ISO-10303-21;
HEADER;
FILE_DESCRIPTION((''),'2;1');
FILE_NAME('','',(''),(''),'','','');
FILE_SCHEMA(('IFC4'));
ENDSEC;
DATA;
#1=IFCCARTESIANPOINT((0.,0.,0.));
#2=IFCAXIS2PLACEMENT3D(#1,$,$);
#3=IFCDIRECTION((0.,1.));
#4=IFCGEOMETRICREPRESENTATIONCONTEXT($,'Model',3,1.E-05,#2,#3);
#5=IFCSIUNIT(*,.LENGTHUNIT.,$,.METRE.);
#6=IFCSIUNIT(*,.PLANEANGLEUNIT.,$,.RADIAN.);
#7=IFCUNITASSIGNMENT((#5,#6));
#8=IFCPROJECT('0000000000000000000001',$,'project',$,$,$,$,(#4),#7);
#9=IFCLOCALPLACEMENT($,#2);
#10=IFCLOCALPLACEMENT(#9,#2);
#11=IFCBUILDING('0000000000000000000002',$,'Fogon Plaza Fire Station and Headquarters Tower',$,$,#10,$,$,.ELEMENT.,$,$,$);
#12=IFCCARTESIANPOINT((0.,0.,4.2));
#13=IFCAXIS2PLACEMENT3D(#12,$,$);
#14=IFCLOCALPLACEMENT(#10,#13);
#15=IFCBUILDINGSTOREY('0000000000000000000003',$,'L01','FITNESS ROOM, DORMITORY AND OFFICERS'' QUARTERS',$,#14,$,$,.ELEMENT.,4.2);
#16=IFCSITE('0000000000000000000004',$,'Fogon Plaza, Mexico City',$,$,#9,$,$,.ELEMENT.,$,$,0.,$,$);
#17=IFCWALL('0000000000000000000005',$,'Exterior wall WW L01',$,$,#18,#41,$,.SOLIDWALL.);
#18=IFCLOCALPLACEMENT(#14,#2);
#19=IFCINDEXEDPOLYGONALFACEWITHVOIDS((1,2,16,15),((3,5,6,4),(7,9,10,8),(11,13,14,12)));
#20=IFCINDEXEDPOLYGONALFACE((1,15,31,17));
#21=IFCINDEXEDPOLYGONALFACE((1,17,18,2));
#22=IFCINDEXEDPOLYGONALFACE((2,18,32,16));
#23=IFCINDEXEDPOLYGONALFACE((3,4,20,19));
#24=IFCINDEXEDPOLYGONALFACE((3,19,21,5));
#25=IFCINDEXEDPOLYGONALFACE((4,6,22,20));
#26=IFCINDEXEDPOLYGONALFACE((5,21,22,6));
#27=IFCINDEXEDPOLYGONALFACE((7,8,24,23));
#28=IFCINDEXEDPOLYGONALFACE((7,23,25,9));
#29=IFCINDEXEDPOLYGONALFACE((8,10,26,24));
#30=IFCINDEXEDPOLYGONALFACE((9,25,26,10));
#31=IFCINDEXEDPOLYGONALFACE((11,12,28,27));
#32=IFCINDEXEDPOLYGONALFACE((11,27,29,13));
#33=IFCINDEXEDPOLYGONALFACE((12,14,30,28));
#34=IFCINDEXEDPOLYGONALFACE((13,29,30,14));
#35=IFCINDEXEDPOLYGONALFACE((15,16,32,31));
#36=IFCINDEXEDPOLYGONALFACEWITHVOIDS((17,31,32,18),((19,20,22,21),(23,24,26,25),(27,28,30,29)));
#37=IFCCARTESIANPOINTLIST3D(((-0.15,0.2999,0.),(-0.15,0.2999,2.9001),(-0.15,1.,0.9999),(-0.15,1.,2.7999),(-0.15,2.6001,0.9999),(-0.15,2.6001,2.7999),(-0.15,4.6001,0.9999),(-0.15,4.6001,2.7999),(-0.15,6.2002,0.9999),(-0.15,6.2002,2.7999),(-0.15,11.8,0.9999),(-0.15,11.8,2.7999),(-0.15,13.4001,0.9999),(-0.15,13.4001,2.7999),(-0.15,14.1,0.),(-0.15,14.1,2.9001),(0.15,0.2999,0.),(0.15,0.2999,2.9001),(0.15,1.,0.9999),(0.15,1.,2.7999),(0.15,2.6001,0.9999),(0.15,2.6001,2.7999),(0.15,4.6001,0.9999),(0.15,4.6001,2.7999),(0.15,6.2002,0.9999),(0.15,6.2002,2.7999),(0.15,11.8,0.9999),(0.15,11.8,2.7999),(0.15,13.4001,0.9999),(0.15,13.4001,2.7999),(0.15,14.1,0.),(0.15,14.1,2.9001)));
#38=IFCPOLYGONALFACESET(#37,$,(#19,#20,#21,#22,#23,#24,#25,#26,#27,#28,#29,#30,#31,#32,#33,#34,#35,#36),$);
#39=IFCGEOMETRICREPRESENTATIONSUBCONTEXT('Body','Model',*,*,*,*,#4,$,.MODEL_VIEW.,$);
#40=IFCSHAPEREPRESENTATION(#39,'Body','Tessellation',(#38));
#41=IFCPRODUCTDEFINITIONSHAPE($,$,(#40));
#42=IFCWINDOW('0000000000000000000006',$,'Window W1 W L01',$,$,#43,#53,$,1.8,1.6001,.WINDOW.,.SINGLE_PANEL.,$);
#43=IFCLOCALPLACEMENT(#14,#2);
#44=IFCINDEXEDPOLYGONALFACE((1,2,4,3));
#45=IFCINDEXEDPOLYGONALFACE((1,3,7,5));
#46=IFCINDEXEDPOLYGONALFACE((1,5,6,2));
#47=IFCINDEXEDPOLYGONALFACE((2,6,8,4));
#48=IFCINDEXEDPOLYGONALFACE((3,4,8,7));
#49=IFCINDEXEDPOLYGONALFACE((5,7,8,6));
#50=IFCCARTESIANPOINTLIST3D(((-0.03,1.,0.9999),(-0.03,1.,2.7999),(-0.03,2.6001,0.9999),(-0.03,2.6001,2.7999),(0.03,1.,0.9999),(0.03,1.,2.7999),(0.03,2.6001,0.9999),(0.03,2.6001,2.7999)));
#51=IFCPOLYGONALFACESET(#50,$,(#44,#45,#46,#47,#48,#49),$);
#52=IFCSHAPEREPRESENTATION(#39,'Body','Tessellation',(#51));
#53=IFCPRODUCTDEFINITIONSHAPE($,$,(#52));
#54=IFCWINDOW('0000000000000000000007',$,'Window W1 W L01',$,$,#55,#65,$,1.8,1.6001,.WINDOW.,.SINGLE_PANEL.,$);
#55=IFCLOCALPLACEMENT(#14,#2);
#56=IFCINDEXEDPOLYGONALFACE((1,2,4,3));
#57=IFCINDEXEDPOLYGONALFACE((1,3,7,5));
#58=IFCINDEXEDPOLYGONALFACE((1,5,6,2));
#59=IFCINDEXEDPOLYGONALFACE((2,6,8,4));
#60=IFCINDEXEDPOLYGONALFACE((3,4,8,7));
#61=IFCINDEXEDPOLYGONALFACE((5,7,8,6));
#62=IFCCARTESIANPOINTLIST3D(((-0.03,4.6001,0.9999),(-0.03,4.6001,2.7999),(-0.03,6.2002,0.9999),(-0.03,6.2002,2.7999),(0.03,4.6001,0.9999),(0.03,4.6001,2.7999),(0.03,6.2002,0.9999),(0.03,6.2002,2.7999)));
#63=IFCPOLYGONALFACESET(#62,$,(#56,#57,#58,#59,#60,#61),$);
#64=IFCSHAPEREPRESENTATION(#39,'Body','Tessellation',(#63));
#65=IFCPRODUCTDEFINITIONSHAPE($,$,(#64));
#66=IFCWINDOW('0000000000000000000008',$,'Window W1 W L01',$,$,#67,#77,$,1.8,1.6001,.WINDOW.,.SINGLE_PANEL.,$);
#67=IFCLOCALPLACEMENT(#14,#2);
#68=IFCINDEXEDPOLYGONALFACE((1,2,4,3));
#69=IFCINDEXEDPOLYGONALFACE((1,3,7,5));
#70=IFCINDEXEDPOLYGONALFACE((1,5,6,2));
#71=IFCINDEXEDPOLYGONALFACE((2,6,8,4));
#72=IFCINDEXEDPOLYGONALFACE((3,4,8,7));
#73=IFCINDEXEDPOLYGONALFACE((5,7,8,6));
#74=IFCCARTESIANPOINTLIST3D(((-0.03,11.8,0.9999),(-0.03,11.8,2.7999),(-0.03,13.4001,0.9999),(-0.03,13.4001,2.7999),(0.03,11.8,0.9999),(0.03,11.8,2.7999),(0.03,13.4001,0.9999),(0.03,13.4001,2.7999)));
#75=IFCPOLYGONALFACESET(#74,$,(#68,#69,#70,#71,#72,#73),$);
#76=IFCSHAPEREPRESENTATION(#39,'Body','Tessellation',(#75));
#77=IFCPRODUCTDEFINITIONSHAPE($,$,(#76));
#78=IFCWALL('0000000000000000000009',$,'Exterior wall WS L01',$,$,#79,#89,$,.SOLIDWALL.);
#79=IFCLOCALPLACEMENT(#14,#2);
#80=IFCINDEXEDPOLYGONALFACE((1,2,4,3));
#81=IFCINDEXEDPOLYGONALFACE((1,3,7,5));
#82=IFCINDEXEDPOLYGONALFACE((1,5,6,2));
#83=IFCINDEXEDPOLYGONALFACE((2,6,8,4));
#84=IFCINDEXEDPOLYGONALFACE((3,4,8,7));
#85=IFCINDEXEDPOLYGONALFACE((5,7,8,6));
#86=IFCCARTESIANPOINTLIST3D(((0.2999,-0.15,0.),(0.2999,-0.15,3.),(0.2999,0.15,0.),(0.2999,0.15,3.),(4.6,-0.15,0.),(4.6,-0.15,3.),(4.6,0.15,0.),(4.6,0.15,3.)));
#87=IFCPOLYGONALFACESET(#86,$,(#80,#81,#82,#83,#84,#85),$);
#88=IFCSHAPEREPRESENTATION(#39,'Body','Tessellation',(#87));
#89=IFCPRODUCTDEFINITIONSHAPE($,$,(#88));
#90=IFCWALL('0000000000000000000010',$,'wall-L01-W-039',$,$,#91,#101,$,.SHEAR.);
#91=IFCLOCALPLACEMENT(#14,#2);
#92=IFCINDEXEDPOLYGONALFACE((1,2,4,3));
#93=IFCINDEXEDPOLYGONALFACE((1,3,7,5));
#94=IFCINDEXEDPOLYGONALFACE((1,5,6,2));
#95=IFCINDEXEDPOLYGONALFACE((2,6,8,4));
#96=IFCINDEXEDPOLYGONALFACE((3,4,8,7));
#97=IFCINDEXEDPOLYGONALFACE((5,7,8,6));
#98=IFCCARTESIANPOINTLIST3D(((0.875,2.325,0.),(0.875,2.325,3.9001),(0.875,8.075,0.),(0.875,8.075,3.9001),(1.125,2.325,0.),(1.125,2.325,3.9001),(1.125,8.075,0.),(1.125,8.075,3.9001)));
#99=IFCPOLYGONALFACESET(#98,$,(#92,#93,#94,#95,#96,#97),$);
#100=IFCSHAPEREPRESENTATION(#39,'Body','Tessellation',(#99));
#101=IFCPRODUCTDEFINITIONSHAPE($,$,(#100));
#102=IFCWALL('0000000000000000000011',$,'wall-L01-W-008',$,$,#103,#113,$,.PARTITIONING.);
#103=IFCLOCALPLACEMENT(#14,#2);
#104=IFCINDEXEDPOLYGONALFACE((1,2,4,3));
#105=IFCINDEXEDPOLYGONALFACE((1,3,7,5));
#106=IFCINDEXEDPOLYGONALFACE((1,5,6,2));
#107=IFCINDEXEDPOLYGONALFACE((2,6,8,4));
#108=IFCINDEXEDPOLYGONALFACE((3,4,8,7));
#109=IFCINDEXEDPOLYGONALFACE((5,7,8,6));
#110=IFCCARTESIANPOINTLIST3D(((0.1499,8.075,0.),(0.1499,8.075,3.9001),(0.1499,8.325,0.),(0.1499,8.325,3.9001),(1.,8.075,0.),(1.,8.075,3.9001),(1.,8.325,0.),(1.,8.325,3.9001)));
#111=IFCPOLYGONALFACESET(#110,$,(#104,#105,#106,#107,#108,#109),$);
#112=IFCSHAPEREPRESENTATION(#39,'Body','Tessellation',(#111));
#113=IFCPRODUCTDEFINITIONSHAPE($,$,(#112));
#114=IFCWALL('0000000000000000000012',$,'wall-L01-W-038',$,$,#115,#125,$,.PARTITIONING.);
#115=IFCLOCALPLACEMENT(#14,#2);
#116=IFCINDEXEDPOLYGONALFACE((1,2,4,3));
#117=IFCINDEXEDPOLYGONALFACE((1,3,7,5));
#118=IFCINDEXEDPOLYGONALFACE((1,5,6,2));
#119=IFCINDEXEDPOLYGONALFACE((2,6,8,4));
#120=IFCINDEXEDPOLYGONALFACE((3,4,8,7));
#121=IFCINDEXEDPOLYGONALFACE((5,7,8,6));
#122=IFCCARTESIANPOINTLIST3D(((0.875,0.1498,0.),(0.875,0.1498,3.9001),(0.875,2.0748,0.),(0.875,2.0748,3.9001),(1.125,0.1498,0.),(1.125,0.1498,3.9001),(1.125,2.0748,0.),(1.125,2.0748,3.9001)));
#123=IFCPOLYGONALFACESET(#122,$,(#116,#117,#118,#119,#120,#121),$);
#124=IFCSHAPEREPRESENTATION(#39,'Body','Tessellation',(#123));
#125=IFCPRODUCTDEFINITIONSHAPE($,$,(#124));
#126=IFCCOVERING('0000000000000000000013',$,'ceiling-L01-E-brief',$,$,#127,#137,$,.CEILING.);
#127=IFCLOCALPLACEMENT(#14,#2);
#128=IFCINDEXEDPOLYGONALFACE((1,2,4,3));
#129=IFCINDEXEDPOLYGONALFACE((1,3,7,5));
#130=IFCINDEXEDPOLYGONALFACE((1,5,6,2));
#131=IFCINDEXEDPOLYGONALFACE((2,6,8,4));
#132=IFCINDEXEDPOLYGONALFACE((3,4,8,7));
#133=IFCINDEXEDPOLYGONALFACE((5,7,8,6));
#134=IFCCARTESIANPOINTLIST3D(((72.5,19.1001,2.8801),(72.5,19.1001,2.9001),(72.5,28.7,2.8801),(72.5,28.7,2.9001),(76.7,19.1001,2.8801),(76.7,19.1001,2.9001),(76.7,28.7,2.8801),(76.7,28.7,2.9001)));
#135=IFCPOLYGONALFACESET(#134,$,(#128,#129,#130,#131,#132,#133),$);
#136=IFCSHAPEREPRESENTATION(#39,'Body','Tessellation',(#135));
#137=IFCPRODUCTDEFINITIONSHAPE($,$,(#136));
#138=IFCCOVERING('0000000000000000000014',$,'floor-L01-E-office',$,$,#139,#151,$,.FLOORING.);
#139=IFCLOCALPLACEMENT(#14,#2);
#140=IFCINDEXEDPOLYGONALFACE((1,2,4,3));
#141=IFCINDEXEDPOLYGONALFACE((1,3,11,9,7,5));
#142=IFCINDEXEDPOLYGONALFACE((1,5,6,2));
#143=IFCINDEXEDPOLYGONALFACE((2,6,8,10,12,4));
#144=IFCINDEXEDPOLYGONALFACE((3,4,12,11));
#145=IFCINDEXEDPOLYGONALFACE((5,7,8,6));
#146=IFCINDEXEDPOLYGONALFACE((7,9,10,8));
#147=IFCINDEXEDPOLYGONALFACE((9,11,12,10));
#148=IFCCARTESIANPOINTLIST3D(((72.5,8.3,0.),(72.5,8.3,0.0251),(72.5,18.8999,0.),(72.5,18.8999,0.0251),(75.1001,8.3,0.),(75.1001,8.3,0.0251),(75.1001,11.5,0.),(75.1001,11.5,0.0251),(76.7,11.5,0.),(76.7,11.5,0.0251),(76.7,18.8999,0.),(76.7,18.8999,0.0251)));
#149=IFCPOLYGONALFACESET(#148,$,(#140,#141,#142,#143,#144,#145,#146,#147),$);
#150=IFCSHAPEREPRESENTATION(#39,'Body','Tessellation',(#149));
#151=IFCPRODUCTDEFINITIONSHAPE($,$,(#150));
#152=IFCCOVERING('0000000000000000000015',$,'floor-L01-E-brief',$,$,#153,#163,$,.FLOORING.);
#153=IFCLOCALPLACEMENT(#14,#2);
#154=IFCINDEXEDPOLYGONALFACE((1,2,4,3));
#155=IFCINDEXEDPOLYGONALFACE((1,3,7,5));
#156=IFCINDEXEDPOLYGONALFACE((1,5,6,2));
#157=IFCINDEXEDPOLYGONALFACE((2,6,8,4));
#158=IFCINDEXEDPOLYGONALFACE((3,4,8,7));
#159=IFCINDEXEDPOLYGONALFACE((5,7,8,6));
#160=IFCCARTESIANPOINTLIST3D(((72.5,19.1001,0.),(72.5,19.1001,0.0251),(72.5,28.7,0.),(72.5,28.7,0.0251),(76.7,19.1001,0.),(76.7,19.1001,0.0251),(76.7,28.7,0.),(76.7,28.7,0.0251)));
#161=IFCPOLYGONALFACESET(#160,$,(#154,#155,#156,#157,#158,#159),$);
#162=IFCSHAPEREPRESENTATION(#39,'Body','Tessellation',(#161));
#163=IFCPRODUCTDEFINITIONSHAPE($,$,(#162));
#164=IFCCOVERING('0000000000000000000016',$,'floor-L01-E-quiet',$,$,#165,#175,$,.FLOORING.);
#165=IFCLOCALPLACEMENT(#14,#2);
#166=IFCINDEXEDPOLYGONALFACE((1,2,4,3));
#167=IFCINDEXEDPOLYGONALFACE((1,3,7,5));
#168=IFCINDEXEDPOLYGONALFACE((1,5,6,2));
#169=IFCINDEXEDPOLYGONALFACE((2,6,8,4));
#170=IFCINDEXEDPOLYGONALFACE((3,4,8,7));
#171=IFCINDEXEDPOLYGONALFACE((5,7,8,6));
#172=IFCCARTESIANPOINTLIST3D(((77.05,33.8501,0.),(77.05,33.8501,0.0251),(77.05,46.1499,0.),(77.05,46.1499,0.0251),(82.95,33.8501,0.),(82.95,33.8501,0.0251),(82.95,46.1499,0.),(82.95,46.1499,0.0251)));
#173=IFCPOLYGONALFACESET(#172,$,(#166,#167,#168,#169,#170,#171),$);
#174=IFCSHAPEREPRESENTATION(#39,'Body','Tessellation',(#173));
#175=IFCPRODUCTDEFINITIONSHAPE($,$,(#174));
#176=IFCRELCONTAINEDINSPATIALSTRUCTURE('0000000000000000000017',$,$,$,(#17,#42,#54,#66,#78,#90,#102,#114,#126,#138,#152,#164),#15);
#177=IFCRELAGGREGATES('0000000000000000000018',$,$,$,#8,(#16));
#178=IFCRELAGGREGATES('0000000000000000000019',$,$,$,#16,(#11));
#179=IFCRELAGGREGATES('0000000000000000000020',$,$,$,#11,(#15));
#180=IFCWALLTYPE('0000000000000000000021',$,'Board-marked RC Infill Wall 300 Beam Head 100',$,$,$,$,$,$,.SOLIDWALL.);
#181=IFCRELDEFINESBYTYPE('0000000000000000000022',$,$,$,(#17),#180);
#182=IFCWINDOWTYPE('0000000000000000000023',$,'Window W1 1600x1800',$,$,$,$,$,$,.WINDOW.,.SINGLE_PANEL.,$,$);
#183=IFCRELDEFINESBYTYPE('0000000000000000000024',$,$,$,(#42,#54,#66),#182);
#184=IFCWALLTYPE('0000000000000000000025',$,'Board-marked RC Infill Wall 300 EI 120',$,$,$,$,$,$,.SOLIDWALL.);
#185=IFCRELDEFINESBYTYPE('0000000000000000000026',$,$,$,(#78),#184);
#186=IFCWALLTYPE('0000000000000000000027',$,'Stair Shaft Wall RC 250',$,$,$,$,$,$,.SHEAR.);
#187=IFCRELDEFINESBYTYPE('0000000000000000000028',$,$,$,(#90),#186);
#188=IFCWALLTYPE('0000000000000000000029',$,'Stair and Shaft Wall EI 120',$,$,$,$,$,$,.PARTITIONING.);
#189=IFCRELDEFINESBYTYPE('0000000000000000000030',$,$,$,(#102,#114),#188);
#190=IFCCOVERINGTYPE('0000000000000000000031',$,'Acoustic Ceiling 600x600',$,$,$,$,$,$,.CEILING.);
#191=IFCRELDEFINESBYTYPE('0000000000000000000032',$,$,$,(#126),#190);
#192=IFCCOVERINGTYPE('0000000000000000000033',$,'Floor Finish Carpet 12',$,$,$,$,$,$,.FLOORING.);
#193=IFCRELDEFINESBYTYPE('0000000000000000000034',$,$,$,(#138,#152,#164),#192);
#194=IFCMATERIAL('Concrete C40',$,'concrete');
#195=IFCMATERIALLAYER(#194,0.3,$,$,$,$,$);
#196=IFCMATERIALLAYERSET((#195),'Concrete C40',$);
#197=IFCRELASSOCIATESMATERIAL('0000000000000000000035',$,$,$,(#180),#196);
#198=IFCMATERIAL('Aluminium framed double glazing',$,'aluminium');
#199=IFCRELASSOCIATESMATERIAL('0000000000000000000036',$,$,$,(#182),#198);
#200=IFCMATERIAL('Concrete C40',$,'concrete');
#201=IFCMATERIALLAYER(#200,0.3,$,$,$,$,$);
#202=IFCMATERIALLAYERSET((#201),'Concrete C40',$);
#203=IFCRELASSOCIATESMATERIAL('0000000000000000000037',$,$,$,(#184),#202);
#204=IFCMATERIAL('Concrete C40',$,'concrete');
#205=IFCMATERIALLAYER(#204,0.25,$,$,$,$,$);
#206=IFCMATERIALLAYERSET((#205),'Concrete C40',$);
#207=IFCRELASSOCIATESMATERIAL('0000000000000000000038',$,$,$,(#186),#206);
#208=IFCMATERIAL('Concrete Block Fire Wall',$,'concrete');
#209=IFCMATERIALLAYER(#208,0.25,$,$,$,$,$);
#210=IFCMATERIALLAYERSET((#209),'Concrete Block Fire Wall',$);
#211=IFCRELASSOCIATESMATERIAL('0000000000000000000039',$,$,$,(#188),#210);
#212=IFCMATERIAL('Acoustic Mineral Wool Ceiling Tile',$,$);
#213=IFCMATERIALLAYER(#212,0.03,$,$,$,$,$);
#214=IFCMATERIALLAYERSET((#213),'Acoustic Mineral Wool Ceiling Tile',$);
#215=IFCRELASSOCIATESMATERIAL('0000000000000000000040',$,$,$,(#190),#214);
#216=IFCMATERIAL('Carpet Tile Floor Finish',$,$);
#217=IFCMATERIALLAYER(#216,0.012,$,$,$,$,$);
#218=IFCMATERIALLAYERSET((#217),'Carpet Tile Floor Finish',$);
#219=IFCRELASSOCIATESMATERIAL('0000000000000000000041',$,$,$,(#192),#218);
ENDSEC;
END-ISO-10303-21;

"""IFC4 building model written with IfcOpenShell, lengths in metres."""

from ifc_helpers import new_model, si_unit, direction, frame, frame_2d, origin, place, context, subcontext, project, spatial, polyline, rectangle, outline, extrude, material, layer, layer_set, type_object, element, fill, save


model = new_model("IFC4")

# Units and contexts
model_context = context("Model", 3, precision=1e-05, world=origin(), true_north=direction((0.0, 1.0)))
body_context = subcontext(model_context, "Body", "Model", "MODEL_VIEW")
ifc_project = project(units=[si_unit("LENGTHUNIT", "METRE"), si_unit("PLANEANGLEUNIT", "RADIAN")], contexts=[model_context])

# Site, building, storey
site_placement = place(None, origin())
site = spatial("IfcSite", under=ifc_project, at=site_placement, Name="Fogon Plaza, Mexico City", CompositionType="ELEMENT", RefElevation=0.0)
building_placement = place(site_placement, origin())
building = spatial("IfcBuilding", under=site, at=building_placement, Name="Fogon Plaza Fire Station and Headquarters Tower", CompositionType="ELEMENT")
storey_placement = place(building_placement, frame((0.0, 0.0, 4.2)))
storey = spatial("IfcBuildingStorey", under=building, at=storey_placement, Name="L01", Description="FITNESS ROOM, DORMITORY AND OFFICERS' QUARTERS", CompositionType="ELEMENT", Elevation=4.2)

# Wall, openings, windows
ifc_material_1 = material(Name="Concrete C40", Category="concrete")
ifc_layer_1 = layer(ifc_material_1, 0.3)
ifc_layer_set_1 = layer_set([ifc_layer_1], Name="Concrete C40")
wall_type_1 = type_object("IfcWallType", Name="Board-marked RC Infill Wall 300 Beam Head 100", PredefinedType="SOLIDWALL", material=ifc_layer_set_1)
wall_1_placement = place(storey_placement, frame((0.0, 0.3, 0.0), z_axis=(0.0, 0.0, 1.0), x_axis=(0.0, 1.0, 0.0)))
wall_1 = element("IfcWall", 1, at=wall_1_placement, inside=storey, type_object=wall_type_1, Name="Exterior wall WW L01", PredefinedType="SOLIDWALL", context=body_context, shape_type="SweptSolid", body=[
    extrude(rectangle(XDim=13.8, YDim=0.3, at=frame_2d((6.8999, 0.0))), origin(), (0.0, 0.0, 1.0), 2.9001),
])
opening_1_placement = place(wall_1_placement, frame((0.7, 0.0, 1.0)))
opening_1 = element("IfcOpeningElement", 2, at=opening_1_placement, cuts=wall_1, PredefinedType="OPENING", context=body_context, shape_type="SweptSolid", body=[
    extrude(rectangle(XDim=1.6001, YDim=1.8, at=frame_2d((0.8, 0.8999))), frame((0.0, 0.1599, 0.0), z_axis=(0.0, -1.0, 0.0), x_axis=(1.0, 0.0, 0.0)), (0.0, 0.0, 1.0), 0.3201),
])
opening_2_placement = place(wall_1_placement, frame((4.3, 0.0, 1.0)))
opening_2 = element("IfcOpeningElement", 3, at=opening_2_placement, cuts=wall_1, PredefinedType="OPENING", context=body_context, shape_type="SweptSolid", body=[
    extrude(rectangle(XDim=1.6001, YDim=1.8, at=frame_2d((0.8, 0.8999))), frame((0.0, 0.1599, 0.0), z_axis=(0.0, -1.0, 0.0), x_axis=(1.0, 0.0, 0.0)), (0.0, 0.0, 1.0), 0.3201),
])
opening_3_placement = place(wall_1_placement, frame((11.5, 0.0, 1.0)))
opening_3 = element("IfcOpeningElement", 4, at=opening_3_placement, cuts=wall_1, PredefinedType="OPENING", context=body_context, shape_type="SweptSolid", body=[
    extrude(rectangle(XDim=1.6001, YDim=1.8, at=frame_2d((0.8, 0.8999))), frame((0.0, 0.1599, 0.0), z_axis=(0.0, -1.0, 0.0), x_axis=(1.0, 0.0, 0.0)), (0.0, 0.0, 1.0), 0.3201),
])
ifc_material_2 = material(Name="Aluminium framed double glazing", Category="aluminium")
window_type = type_object("IfcWindowType", Name="Window W1 1600x1800", PartitioningType="SINGLE_PANEL", PredefinedType="WINDOW", material=ifc_material_2)
window_1_placement = place(opening_1_placement, origin())
window_1 = element("IfcWindow", 5, at=window_1_placement, inside=storey, type_object=window_type, Name="Window W1 W L01", OverallHeight=1.8, OverallWidth=1.6001, PartitioningType="SINGLE_PANEL", PredefinedType="WINDOW", context=body_context, shape_type="SweptSolid", body=[
    extrude(rectangle(XDim=1.6001, YDim=1.8, at=frame_2d((0.8, 0.8999))), frame((0.0, 0.03, 0.0), z_axis=(0.0, -1.0, 0.0), x_axis=(1.0, 0.0, 0.0)), (0.0, 0.0, 1.0), 0.0601),
])
fill(opening_1, window_1)
window_2_placement = place(opening_2_placement, origin())
window_2 = element("IfcWindow", 6, at=window_2_placement, inside=storey, type_object=window_type, Name="Window W1 W L01", OverallHeight=1.8, OverallWidth=1.6001, PartitioningType="SINGLE_PANEL", PredefinedType="WINDOW", context=body_context, shape_type="SweptSolid", body=[
    extrude(rectangle(XDim=1.6001, YDim=1.8, at=frame_2d((0.8, 0.8999))), frame((0.0, 0.03, 0.0), z_axis=(0.0, -1.0, 0.0), x_axis=(1.0, 0.0, 0.0)), (0.0, 0.0, 1.0), 0.0601),
])
fill(opening_2, window_2)
window_3_placement = place(opening_3_placement, origin())
window_3 = element("IfcWindow", 7, at=window_3_placement, inside=storey, type_object=window_type, Name="Window W1 W L01", OverallHeight=1.8, OverallWidth=1.6001, PartitioningType="SINGLE_PANEL", PredefinedType="WINDOW", context=body_context, shape_type="SweptSolid", body=[
    extrude(rectangle(XDim=1.6001, YDim=1.8, at=frame_2d((0.8, 0.8999))), frame((0.0, 0.03, 0.0), z_axis=(0.0, -1.0, 0.0), x_axis=(1.0, 0.0, 0.0)), (0.0, 0.0, 1.0), 0.0601),
])
fill(opening_3, window_3)

# Walls
ifc_material_3 = material(Name="Concrete C40", Category="concrete")
ifc_layer_2 = layer(ifc_material_3, 0.3)
ifc_layer_set_2 = layer_set([ifc_layer_2], Name="Concrete C40")
wall_type_2 = type_object("IfcWallType", Name="Board-marked RC Infill Wall 300 EI 120", PredefinedType="SOLIDWALL", material=ifc_layer_set_2)
wall_2_placement = place(storey_placement, frame((0.3, 0.0, 0.0), z_axis=(0.0, 0.0, 1.0), x_axis=(1.0, 0.0, 0.0)))
element("IfcWall", 8, at=wall_2_placement, inside=storey, type_object=wall_type_2, Name="Exterior wall WS L01", PredefinedType="SOLIDWALL", context=body_context, shape_type="SweptSolid", body=[
    extrude(rectangle(XDim=4.3, YDim=0.3, at=frame_2d((2.1499, 0.0))), origin(), (0.0, 0.0, 1.0), 3.0),
])
ifc_material_4 = material(Name="Concrete C40", Category="concrete")
ifc_layer_3 = layer(ifc_material_4, 0.25)
ifc_layer_set_3 = layer_set([ifc_layer_3], Name="Concrete C40")
wall_type_3 = type_object("IfcWallType", Name="Stair Shaft Wall RC 250", PredefinedType="SHEAR", material=ifc_layer_set_3)
wall_3_placement = place(storey_placement, frame((1.0, 2.325, 0.0), z_axis=(0.0, 0.0, 1.0), x_axis=(0.0, 1.0, 0.0)))
element("IfcWall", 9, at=wall_3_placement, inside=storey, type_object=wall_type_3, Name="wall-L01-W-039", PredefinedType="SHEAR", context=body_context, shape_type="SweptSolid", body=[
    extrude(rectangle(XDim=5.75, YDim=0.25, at=frame_2d((2.875, 0.0))), origin(), (0.0, 0.0, 1.0), 3.9001),
])
ifc_material_5 = material(Name="Concrete Block Fire Wall", Category="concrete")
ifc_layer_4 = layer(ifc_material_5, 0.25)
ifc_layer_set_4 = layer_set([ifc_layer_4], Name="Concrete Block Fire Wall")
wall_type_4 = type_object("IfcWallType", Name="Stair and Shaft Wall EI 120", PredefinedType="PARTITIONING", material=ifc_layer_set_4)
wall_4_placement = place(storey_placement, frame((0.1499, 8.2, 0.0), z_axis=(0.0, 0.0, 1.0), x_axis=(1.0, 0.0, 0.0)))
element("IfcWall", 10, at=wall_4_placement, inside=storey, type_object=wall_type_4, Name="wall-L01-W-008", PredefinedType="PARTITIONING", context=body_context, shape_type="SweptSolid", body=[
    extrude(rectangle(XDim=0.8501, YDim=0.25, at=frame_2d((0.425, 0.0))), origin(), (0.0, 0.0, 1.0), 3.9001),
])
wall_5_placement = place(storey_placement, frame((1.0, 0.1499, 0.0), z_axis=(0.0, 0.0, 1.0), x_axis=(0.0, 1.0, 0.0)))
element("IfcWall", 11, at=wall_5_placement, inside=storey, type_object=wall_type_4, Name="wall-L01-W-038", PredefinedType="PARTITIONING", context=body_context, shape_type="SweptSolid", body=[
    extrude(rectangle(XDim=1.925, YDim=0.25, at=frame_2d((0.9624, 0.0))), origin(), (0.0, 0.0, 1.0), 3.9001),
])

# Coverings
ifc_material_6 = material(Name="Acoustic Mineral Wool Ceiling Tile")
ifc_layer_5 = layer(ifc_material_6, 0.03)
ifc_layer_set_5 = layer_set([ifc_layer_5], Name="Acoustic Mineral Wool Ceiling Tile")
covering_type_1 = type_object("IfcCoveringType", Name="Acoustic Ceiling 600x600", PredefinedType="CEILING", material=ifc_layer_set_5)
covering_1_placement = place(storey_placement, frame((0.0, 0.0, 2.8801)))
element("IfcCovering", 12, at=covering_1_placement, inside=storey, type_object=covering_type_1, Name="ceiling-L01-E-brief", PredefinedType="CEILING", context=body_context, shape_type="SweptSolid", body=[
    extrude(outline(polyline([(72.5, 19.1001), (72.5, 28.7), (76.7, 28.7), (76.7, 19.1001), (72.5, 19.1001)])), origin(), (0.0, 0.0, 1.0), 0.02),
])
ifc_material_7 = material(Name="Carpet Tile Floor Finish")
ifc_layer_6 = layer(ifc_material_7, 0.012)
ifc_layer_set_6 = layer_set([ifc_layer_6], Name="Carpet Tile Floor Finish")
covering_type_2 = type_object("IfcCoveringType", Name="Floor Finish Carpet 12", PredefinedType="FLOORING", material=ifc_layer_set_6)
covering_2_placement = place(storey_placement, origin())
element("IfcCovering", 13, at=covering_2_placement, inside=storey, type_object=covering_type_2, Name="floor-L01-E-office", PredefinedType="FLOORING", context=body_context, shape_type="SweptSolid", body=[
    extrude(outline(polyline([(72.5, 8.3), (72.5, 18.8999), (76.7, 18.8999), (76.7, 11.5), (75.1001, 11.5), (75.1001, 8.3), (72.5, 8.3)])), origin(), (0.0, 0.0, 1.0), 0.0251),
])
covering_3_placement = place(storey_placement, origin())
element("IfcCovering", 14, at=covering_3_placement, inside=storey, type_object=covering_type_2, Name="floor-L01-E-brief", PredefinedType="FLOORING", context=body_context, shape_type="SweptSolid", body=[
    extrude(outline(polyline([(72.5, 19.1001), (72.5, 28.7), (76.7, 28.7), (76.7, 19.1001), (72.5, 19.1001)])), origin(), (0.0, 0.0, 1.0), 0.0251),
])
covering_4_placement = place(storey_placement, origin())
element("IfcCovering", 15, at=covering_4_placement, inside=storey, type_object=covering_type_2, Name="floor-L01-E-quiet", PredefinedType="FLOORING", context=body_context, shape_type="SweptSolid", body=[
    extrude(outline(polyline([(77.05, 33.8501), (77.05, 46.1499), (82.95, 46.1499), (82.95, 33.8501), (77.05, 33.8501)])), origin(), (0.0, 0.0, 1.0), 0.0251),
])

save(model, "model.ifc")
